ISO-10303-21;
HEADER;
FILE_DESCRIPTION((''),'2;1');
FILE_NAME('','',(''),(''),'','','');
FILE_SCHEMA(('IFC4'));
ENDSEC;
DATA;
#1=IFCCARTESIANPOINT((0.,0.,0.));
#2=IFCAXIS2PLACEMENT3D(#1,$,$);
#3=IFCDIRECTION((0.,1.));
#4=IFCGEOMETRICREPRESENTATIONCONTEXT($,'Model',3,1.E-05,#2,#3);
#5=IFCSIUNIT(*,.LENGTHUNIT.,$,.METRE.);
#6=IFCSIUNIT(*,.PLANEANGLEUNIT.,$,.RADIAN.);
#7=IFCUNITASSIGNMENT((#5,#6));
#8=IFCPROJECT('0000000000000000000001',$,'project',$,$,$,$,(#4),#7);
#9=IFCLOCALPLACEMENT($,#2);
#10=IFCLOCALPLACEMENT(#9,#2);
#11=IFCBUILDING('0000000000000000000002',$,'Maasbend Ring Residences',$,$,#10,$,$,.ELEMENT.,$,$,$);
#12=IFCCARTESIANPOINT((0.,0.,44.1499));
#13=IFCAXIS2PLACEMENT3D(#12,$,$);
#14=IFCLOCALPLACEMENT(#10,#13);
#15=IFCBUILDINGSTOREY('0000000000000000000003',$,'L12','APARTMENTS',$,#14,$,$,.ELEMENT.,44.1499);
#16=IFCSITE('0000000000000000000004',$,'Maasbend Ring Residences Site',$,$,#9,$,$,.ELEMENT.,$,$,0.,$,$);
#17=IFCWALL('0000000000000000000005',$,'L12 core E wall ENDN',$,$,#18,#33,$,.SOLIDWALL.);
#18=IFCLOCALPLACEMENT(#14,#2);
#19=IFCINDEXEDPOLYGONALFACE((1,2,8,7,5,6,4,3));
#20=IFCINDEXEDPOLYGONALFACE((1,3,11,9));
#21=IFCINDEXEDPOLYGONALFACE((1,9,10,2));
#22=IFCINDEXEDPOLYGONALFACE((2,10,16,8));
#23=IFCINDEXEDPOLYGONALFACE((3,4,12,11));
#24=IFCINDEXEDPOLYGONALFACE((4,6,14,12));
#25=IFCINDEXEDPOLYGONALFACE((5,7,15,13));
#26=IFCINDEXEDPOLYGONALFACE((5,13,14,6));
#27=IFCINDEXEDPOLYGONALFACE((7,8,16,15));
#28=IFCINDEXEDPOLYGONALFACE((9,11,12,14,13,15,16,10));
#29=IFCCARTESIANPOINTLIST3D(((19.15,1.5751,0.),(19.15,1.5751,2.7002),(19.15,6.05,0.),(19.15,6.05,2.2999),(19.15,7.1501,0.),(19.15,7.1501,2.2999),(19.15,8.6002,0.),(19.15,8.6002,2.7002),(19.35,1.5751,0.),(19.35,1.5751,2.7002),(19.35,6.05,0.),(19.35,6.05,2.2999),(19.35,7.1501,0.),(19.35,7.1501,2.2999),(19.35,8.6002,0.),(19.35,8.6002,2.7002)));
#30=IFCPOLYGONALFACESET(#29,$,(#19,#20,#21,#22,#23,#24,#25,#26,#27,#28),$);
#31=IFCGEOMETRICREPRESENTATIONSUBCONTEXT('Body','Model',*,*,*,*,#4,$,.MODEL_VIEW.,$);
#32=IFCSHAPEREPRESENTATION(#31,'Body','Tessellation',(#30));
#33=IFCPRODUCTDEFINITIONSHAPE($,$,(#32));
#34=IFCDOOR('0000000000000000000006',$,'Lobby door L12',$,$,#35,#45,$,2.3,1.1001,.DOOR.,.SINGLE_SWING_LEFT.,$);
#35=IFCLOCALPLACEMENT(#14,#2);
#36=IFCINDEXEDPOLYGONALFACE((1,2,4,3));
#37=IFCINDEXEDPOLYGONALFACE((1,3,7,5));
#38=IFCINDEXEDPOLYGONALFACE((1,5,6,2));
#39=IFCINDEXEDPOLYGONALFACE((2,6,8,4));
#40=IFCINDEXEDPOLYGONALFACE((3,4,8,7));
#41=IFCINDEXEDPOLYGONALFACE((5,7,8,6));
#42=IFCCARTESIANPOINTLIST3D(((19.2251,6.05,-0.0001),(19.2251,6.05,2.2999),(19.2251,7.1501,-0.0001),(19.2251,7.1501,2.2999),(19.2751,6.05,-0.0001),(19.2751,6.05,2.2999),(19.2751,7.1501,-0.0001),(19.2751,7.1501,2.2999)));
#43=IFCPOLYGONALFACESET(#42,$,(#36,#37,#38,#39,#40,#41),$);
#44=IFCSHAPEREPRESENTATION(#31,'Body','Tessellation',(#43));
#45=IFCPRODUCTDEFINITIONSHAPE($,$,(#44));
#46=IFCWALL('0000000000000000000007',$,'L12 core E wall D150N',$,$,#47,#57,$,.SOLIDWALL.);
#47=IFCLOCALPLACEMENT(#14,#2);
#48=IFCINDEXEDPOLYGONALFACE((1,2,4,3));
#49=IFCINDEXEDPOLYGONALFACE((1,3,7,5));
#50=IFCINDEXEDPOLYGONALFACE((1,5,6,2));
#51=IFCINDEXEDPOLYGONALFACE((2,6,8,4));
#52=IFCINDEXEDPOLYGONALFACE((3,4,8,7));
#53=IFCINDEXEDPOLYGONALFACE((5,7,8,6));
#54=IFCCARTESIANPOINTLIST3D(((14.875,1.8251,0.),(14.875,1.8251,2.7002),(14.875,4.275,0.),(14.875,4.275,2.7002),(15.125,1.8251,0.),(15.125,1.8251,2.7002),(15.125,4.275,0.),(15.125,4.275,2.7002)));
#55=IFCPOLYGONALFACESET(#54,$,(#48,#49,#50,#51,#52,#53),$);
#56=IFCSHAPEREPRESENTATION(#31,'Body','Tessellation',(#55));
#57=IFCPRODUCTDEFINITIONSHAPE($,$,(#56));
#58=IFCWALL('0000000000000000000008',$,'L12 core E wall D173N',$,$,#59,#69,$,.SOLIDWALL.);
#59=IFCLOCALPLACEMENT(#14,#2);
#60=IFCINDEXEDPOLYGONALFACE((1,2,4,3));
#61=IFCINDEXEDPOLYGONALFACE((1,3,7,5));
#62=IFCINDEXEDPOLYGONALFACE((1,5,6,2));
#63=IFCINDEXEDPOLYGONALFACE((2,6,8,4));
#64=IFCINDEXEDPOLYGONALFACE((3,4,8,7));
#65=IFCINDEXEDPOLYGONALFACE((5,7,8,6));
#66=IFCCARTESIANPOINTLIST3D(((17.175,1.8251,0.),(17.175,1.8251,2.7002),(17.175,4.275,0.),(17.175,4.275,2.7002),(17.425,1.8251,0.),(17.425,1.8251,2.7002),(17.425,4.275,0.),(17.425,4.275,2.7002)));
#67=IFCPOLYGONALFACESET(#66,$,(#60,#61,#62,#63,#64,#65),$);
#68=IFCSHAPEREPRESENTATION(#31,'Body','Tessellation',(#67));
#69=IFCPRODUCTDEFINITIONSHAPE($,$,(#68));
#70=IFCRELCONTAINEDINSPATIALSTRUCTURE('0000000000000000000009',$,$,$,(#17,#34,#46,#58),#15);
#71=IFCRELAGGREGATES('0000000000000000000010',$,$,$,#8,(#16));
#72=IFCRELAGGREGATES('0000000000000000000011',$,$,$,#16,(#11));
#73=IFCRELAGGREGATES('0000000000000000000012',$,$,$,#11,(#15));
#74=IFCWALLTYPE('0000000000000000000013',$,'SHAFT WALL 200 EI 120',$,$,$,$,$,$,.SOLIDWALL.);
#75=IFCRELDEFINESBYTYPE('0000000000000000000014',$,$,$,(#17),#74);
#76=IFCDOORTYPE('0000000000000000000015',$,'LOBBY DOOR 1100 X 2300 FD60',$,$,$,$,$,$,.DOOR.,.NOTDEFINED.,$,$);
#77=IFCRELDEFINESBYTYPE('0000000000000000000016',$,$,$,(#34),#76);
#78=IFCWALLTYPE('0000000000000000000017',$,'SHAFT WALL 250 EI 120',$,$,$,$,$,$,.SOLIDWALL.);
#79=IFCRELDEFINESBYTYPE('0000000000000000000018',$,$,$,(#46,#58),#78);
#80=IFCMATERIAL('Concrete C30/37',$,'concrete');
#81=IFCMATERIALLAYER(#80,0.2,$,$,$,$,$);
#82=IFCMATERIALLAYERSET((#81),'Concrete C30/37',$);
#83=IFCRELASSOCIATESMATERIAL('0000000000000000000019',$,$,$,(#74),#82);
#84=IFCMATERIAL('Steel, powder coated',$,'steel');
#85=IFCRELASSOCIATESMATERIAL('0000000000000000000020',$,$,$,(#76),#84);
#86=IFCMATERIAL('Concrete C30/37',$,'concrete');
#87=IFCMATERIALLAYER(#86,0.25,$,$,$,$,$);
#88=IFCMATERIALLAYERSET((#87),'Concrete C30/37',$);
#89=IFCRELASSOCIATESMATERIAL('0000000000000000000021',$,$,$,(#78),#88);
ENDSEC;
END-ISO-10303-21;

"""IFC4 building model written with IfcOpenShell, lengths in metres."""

from ifc_helpers import new_model, si_unit, direction, frame, frame_2d, origin, place, context, subcontext, project, spatial, rectangle, extrude, material, layer, layer_set, type_object, element, fill, save


model = new_model("IFC4")

# Units and contexts
model_context = context("Model", 3, precision=1e-05, world=origin(), true_north=direction((0.0, 1.0)))
body_context = subcontext(model_context, "Body", "Model", "MODEL_VIEW")
ifc_project = project(units=[si_unit("LENGTHUNIT", "METRE"), si_unit("PLANEANGLEUNIT", "RADIAN")], contexts=[model_context])

# Site, building, storey
site_placement = place(None, origin())
site = spatial("IfcSite", under=ifc_project, at=site_placement, Name="Maasbend Ring Residences Site", CompositionType="ELEMENT", RefElevation=0.0)
building_placement = place(site_placement, origin())
building = spatial("IfcBuilding", under=site, at=building_placement, Name="Maasbend Ring Residences", CompositionType="ELEMENT")
storey_placement = place(building_placement, frame((0.0, 0.0, 44.1499)))
storey = spatial("IfcBuildingStorey", under=building, at=storey_placement, Name="L12", Description="APARTMENTS", CompositionType="ELEMENT", Elevation=44.1499)

# Wall, opening, door
ifc_material_1 = material(Name="Concrete C30/37", Category="concrete")
ifc_layer_1 = layer(ifc_material_1, 0.2)
ifc_layer_set_1 = layer_set([ifc_layer_1], Name="Concrete C30/37")
wall_type_1 = type_object("IfcWallType", Name="SHAFT WALL 200 EI 120", PredefinedType="SOLIDWALL", material=ifc_layer_set_1)
wall_1_placement = place(storey_placement, frame((19.25, 1.575, 0.0), z_axis=(0.0, 0.0, 1.0), x_axis=(0.0, 1.0, 0.0)))
wall_1 = element("IfcWall", 1, at=wall_1_placement, inside=storey, type_object=wall_type_1, Name="L12 core E wall ENDN", PredefinedType="SOLIDWALL", context=body_context, shape_type="SweptSolid", body=[
    extrude(rectangle(XDim=7.0251, YDim=0.2, at=frame_2d((3.5127, 0.0))), origin(), (0.0, 0.0, 1.0), 2.7002),
])
opening_1_placement = place(wall_1_placement, frame((4.4751, 0.0, 0.0)))
opening_1 = element("IfcOpeningElement", 2, at=opening_1_placement, cuts=wall_1, PredefinedType="OPENING", context=body_context, shape_type="SweptSolid", body=[
    extrude(rectangle(XDim=1.1001, YDim=2.3, at=frame_2d((0.55, 1.1499))), frame((0.0, 0.1099, 0.0), z_axis=(0.0, -1.0, 0.0), x_axis=(1.0, 0.0, 0.0)), (0.0, 0.0, 1.0), 0.22),
])
ifc_material_2 = material(Name="Steel, powder coated", Category="steel")
door_type_1 = type_object("IfcDoorType", Name="LOBBY DOOR 1100 X 2300 FD60", OperationType="NOTDEFINED", PredefinedType="DOOR", material=ifc_material_2)
door_1_placement = place(opening_1_placement, origin())
door_1 = element("IfcDoor", 3, at=door_1_placement, inside=storey, type_object=door_type_1, Name="Lobby door L12", OperationType="SINGLE_SWING_LEFT", OverallHeight=2.3, OverallWidth=1.1001, PredefinedType="DOOR", context=body_context, shape_type="SweptSolid", body=[
    extrude(rectangle(XDim=1.1001, YDim=2.3, at=frame_2d((0.55, 1.1499))), frame((0.0, 0.0249, 0.0), z_axis=(0.0, -1.0, 0.0), x_axis=(1.0, 0.0, 0.0)), (0.0, 0.0, 1.0), 0.05),
])
fill(opening_1, door_1)

# Walls
ifc_material_3 = material(Name="Concrete C30/37", Category="concrete")
ifc_layer_2 = layer(ifc_material_3, 0.25)
ifc_layer_set_2 = layer_set([ifc_layer_2], Name="Concrete C30/37")
wall_type_2 = type_object("IfcWallType", Name="SHAFT WALL 250 EI 120", PredefinedType="SOLIDWALL", material=ifc_layer_set_2)
for number, where, z_axis, x_axis, name in (
    (4, (15.0, 1.825, 0.0), (0.0, 0.0, 1.0), (0.0, 1.0, 0.0), "L12 core E wall D150N"),
    (5, (17.3, 1.825, 0.0), (0.0, 0.0, 1.0), (0.0, 1.0, 0.0), "L12 core E wall D173N"),
):
    element("IfcWall", number, at=place(storey_placement, frame(where, z_axis=z_axis, x_axis=x_axis)), inside=storey, type_object=wall_type_2, Name=name, PredefinedType="SOLIDWALL", context=body_context, shape_type="SweptSolid", body=[
        extrude(rectangle(XDim=2.45, YDim=0.25, at=frame_2d((1.2251, 0.0))), origin(), (0.0, 0.0, 1.0), 2.7002),
    ])

save(model, "model.ifc")
